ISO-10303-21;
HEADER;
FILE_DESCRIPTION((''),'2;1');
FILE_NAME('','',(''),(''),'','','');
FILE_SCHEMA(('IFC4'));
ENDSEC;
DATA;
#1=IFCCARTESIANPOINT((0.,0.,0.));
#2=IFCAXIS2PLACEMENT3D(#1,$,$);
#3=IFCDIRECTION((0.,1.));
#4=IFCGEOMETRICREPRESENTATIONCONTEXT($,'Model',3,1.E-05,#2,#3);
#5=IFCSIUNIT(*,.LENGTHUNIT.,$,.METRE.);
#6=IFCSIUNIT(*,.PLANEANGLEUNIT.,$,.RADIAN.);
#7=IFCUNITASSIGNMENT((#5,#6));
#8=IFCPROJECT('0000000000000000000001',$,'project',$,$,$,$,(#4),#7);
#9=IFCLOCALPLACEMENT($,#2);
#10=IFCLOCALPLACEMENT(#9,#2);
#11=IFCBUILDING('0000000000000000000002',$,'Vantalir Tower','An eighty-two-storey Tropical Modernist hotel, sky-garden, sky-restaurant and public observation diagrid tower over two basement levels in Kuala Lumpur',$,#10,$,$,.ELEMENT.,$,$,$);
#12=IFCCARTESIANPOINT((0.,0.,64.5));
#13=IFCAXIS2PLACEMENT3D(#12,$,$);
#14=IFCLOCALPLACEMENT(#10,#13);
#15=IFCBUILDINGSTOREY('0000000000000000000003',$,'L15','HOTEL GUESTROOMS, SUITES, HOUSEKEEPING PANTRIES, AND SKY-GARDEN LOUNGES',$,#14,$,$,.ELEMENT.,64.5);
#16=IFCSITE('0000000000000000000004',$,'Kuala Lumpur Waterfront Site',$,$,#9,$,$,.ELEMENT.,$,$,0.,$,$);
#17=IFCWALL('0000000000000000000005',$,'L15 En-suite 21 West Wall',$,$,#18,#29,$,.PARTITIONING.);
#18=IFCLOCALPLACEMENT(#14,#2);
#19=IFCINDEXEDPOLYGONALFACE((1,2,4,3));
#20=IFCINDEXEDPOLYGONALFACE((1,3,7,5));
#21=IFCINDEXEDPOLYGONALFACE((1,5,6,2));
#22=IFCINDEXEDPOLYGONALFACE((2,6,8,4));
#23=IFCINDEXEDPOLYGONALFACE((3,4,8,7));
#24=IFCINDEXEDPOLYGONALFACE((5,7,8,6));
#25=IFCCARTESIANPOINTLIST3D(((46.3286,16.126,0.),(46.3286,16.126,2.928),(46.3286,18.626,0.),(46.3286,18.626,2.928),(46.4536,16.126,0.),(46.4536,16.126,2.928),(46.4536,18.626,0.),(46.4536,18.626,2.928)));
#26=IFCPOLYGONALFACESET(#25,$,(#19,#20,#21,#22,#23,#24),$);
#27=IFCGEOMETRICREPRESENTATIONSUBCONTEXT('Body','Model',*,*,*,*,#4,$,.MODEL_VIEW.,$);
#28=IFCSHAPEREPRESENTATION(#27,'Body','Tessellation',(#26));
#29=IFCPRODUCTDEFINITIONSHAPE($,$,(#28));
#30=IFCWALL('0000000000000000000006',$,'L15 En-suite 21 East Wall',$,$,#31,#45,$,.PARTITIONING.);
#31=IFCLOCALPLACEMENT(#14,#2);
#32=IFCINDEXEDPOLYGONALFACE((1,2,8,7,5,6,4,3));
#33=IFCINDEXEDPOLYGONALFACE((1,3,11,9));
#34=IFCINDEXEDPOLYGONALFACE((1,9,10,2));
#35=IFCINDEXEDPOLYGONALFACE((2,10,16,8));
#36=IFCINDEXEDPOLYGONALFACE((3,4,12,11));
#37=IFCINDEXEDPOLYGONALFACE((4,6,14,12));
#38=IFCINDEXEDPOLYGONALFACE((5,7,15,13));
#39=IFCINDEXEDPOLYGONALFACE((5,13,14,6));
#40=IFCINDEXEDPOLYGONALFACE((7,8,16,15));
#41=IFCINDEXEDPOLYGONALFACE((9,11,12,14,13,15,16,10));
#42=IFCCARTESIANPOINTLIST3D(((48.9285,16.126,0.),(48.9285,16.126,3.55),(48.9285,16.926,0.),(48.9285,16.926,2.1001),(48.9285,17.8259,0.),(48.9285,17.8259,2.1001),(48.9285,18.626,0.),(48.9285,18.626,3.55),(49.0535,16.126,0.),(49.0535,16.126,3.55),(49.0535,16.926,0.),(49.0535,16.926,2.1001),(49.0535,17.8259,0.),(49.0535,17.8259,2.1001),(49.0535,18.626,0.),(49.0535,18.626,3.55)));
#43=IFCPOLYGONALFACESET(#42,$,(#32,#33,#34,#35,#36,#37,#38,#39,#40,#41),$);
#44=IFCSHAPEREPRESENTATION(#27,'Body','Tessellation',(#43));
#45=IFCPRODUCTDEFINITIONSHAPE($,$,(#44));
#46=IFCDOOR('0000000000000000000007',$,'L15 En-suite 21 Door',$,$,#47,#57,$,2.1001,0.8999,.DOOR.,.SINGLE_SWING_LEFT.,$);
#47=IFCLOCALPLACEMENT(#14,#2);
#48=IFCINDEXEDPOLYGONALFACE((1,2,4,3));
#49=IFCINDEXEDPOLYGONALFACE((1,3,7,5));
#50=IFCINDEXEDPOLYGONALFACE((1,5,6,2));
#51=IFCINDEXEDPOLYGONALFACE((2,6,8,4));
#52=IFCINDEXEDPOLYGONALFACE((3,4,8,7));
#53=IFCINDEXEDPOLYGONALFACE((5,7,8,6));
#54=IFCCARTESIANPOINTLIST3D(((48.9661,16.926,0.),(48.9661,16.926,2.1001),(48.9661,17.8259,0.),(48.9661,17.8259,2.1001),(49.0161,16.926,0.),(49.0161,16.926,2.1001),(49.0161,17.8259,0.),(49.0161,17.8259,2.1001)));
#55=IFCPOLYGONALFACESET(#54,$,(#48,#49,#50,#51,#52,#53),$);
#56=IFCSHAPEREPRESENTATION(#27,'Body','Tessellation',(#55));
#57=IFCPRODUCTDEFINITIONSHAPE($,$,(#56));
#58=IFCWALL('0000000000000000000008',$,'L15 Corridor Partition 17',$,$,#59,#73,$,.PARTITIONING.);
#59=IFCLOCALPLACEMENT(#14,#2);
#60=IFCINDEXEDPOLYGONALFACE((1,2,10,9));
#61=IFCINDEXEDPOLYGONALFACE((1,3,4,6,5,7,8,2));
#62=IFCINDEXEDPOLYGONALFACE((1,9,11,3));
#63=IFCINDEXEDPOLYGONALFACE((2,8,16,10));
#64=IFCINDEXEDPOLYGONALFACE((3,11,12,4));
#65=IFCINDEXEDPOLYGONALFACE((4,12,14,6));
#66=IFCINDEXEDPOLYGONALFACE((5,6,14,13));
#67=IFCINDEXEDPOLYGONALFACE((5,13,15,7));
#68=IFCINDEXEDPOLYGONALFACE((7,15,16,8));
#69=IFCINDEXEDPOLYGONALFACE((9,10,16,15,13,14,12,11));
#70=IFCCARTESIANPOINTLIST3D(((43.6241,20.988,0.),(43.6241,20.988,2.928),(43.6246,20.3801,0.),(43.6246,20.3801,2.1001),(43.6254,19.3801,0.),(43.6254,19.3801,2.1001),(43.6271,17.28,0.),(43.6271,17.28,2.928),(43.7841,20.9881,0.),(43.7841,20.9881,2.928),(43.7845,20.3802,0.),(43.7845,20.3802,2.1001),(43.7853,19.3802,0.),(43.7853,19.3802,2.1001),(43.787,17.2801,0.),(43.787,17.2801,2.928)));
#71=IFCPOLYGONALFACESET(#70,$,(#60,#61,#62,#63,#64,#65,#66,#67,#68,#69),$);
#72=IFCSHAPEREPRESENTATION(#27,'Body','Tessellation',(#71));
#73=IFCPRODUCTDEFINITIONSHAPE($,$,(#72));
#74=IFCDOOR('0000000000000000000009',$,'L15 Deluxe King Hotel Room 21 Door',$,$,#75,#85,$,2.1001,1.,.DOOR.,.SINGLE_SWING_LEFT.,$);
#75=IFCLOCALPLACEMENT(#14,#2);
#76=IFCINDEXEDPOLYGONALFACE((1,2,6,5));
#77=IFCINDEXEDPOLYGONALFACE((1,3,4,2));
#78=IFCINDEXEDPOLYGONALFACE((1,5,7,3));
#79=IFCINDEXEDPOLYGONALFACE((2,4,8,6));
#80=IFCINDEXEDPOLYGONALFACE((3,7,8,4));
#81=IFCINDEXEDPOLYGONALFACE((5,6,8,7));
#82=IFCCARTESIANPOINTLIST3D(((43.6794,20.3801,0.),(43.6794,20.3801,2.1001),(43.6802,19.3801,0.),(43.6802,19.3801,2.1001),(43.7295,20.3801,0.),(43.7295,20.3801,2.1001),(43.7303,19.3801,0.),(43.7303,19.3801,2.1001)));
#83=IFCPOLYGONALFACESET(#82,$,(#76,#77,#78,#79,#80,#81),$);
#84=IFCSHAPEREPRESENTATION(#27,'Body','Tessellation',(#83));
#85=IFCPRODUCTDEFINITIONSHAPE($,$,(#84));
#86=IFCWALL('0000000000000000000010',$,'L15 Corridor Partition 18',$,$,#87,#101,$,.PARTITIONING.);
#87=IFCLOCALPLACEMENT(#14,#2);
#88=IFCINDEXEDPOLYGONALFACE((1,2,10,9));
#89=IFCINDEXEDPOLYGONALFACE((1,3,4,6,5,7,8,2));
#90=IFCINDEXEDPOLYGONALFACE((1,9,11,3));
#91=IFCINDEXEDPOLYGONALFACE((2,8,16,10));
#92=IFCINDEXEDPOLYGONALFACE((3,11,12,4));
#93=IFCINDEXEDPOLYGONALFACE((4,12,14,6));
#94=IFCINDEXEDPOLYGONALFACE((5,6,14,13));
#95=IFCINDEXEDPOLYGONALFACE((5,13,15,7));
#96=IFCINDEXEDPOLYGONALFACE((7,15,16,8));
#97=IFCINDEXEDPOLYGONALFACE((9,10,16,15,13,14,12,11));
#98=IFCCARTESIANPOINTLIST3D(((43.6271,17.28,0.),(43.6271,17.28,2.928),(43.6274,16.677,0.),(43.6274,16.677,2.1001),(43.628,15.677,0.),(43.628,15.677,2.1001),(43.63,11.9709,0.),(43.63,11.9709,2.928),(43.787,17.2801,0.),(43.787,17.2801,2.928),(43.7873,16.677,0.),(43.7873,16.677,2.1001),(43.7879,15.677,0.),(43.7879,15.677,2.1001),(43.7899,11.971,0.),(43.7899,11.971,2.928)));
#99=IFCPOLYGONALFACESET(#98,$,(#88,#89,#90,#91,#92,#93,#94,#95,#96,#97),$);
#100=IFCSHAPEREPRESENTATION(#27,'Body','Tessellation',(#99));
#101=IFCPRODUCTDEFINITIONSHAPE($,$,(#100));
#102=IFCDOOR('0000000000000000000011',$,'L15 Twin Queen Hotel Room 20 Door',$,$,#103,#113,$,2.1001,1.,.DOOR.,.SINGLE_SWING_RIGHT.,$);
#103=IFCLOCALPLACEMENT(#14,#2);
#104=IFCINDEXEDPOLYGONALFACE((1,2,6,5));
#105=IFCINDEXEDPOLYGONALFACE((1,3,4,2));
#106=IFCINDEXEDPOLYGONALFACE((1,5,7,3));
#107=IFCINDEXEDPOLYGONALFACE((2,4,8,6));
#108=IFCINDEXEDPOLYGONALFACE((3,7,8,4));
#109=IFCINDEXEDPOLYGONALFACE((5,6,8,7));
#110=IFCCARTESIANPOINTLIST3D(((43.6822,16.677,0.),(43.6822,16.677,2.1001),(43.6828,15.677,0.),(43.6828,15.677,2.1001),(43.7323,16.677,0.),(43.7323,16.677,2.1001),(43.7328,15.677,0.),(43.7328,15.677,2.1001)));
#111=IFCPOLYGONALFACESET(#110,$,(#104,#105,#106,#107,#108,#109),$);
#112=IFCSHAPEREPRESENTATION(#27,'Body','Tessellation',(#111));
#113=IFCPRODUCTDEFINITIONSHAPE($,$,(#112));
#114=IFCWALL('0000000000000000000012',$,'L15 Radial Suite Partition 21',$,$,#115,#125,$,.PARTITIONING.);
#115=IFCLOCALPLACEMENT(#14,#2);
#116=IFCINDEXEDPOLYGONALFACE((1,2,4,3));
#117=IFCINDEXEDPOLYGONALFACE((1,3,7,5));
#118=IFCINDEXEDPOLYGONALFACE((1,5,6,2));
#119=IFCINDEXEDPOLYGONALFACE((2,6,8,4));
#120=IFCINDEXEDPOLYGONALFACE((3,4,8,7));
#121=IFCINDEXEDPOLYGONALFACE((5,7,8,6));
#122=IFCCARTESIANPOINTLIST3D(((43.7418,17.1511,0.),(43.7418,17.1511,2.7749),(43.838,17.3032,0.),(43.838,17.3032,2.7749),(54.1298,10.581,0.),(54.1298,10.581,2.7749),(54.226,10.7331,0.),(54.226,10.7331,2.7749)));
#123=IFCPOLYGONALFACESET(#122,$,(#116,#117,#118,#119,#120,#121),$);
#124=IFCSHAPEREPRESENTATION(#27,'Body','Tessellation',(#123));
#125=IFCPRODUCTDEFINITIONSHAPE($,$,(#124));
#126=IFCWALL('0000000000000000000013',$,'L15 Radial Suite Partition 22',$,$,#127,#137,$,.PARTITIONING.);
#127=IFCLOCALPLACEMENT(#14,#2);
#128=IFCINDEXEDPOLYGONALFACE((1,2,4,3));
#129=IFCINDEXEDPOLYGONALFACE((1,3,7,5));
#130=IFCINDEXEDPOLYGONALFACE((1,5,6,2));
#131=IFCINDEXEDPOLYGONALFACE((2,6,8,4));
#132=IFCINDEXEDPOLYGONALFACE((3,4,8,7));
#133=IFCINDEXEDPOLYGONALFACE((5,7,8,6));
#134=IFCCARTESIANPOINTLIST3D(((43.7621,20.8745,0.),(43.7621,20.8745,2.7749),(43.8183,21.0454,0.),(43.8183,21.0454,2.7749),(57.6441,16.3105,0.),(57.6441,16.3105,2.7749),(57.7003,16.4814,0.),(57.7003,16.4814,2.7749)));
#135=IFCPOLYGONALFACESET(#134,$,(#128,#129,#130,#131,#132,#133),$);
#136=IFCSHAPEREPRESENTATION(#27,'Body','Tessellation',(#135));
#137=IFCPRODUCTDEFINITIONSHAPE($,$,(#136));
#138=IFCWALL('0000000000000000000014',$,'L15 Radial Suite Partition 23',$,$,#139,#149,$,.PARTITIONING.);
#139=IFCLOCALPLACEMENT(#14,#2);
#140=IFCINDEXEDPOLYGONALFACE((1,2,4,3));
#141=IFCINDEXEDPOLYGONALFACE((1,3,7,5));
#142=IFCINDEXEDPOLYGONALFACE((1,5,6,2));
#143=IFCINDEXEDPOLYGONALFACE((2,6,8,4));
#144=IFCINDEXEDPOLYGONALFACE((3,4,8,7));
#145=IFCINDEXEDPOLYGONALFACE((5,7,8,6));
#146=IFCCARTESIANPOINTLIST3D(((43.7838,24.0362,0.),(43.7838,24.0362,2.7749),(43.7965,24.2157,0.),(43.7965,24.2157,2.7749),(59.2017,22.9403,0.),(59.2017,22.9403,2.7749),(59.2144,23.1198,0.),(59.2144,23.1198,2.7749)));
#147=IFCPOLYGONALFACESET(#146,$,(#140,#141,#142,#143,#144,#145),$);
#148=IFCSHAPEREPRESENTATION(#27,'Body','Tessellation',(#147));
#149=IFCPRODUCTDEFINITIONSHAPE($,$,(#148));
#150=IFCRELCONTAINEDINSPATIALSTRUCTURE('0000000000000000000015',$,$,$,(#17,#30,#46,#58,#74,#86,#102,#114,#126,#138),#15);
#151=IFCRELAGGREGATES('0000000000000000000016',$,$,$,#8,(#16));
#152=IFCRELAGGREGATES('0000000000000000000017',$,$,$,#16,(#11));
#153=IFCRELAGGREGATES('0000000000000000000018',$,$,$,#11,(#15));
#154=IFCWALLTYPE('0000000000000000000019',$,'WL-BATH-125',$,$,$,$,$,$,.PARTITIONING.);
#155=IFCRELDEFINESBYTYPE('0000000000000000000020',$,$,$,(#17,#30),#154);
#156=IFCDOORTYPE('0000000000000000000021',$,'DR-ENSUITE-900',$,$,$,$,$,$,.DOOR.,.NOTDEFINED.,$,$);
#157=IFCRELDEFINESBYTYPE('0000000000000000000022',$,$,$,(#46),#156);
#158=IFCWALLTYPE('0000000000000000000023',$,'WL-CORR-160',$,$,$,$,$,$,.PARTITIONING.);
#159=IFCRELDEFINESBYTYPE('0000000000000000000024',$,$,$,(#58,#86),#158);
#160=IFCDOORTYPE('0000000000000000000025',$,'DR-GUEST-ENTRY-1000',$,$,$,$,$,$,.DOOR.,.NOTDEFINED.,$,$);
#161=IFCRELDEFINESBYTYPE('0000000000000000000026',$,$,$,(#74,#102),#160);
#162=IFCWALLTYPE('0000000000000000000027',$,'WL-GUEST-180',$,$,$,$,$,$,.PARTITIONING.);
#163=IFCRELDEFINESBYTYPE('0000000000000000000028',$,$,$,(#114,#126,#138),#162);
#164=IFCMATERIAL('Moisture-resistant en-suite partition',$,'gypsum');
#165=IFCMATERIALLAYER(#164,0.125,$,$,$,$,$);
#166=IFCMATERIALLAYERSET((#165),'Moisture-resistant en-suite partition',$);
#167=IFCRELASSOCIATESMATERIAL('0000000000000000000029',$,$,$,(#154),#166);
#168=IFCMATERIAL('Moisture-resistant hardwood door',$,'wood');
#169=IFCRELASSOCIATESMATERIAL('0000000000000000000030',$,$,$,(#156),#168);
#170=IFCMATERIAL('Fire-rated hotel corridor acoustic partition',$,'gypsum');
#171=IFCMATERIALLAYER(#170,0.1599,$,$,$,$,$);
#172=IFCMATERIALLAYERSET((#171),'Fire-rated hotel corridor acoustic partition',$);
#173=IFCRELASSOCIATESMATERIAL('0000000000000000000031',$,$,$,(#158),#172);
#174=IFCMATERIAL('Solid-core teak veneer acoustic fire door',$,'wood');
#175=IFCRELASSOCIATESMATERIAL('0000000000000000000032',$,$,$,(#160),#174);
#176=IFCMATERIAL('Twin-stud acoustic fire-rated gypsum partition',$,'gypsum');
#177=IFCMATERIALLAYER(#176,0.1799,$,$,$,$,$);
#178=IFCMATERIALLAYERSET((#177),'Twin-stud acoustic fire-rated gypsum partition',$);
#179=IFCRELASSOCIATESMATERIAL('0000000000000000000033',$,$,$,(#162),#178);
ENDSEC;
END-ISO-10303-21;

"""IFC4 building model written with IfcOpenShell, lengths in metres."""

from ifc_helpers import new_model, si_unit, direction, frame, frame_2d, origin, place, context, subcontext, project, spatial, rectangle, extrude, material, layer, layer_set, type_object, element, fill, save


model = new_model("IFC4")

# Units and contexts
model_context = context("Model", 3, precision=1e-05, world=origin(), true_north=direction((0.0, 1.0)))
body_context = subcontext(model_context, "Body", "Model", "MODEL_VIEW")
ifc_project = project(units=[si_unit("LENGTHUNIT", "METRE"), si_unit("PLANEANGLEUNIT", "RADIAN")], contexts=[model_context])

# Site, building, storey
site_placement = place(None, origin())
site = spatial("IfcSite", under=ifc_project, at=site_placement, Name="Kuala Lumpur Waterfront Site", CompositionType="ELEMENT", RefElevation=0.0)
building_placement = place(site_placement, origin())
building = spatial("IfcBuilding", under=site, at=building_placement, Name="Vantalir Tower", Description="An eighty-two-storey Tropical Modernist hotel, sky-garden, sky-restaurant and public observation diagrid tower over two basement levels in Kuala Lumpur", CompositionType="ELEMENT")
storey_placement = place(building_placement, frame((0.0, 0.0, 64.5)))
storey = spatial("IfcBuildingStorey", under=building, at=storey_placement, Name="L15", Description="HOTEL GUESTROOMS, SUITES, HOUSEKEEPING PANTRIES, AND SKY-GARDEN LOUNGES", CompositionType="ELEMENT", Elevation=64.5)

# Wall
ifc_material_1 = material(Name="Moisture-resistant en-suite partition", Category="gypsum")
ifc_layer_1 = layer(ifc_material_1, 0.125)
ifc_layer_set_1 = layer_set([ifc_layer_1], Name="Moisture-resistant en-suite partition")
wall_type_1 = type_object("IfcWallType", Name="WL-BATH-125", PredefinedType="PARTITIONING", material=ifc_layer_set_1)
wall_1_placement = place(storey_placement, frame((46.3911, 16.126, 0.0), z_axis=(0.0, 0.0, 1.0), x_axis=(0.0, 1.0, 0.0)))
element("IfcWall", 1, at=wall_1_placement, inside=storey, type_object=wall_type_1, Name="L15 En-suite 21 West Wall", PredefinedType="PARTITIONING", context=body_context, shape_type="SweptSolid", body=[
    extrude(rectangle(XDim=2.5, YDim=0.125, at=frame_2d((1.25, 0.0))), origin(), (0.0, 0.0, 1.0), 2.928),
])

# Walls, openings, doors
wall_2_placement = place(storey_placement, frame((48.991, 16.126, 0.0), z_axis=(0.0, 0.0, 1.0), x_axis=(0.0, 1.0, 0.0)))
wall_2 = element("IfcWall", 2, at=wall_2_placement, inside=storey, type_object=wall_type_1, Name="L15 En-suite 21 East Wall", PredefinedType="PARTITIONING", context=body_context, shape_type="SweptSolid", body=[
    extrude(rectangle(XDim=2.5, YDim=0.125, at=frame_2d((1.25, 0.0))), origin(), (0.0, 0.0, 1.0), 3.55),
])
opening_1_placement = place(wall_2_placement, frame((0.8, 0.0, 0.0)))
opening_1 = element("IfcOpeningElement", 3, at=opening_1_placement, cuts=wall_2, PredefinedType="OPENING", context=body_context, shape_type="SweptSolid", body=[
    extrude(rectangle(XDim=0.8999, YDim=2.1001, at=frame_2d((0.45, 1.05))), frame((0.0, 0.0725, 0.0), z_axis=(0.0, -1.0, 0.0), x_axis=(1.0, 0.0, 0.0)), (0.0, 0.0, 1.0), 0.145),
])
ifc_material_2 = material(Name="Moisture-resistant hardwood door", Category="wood")
door_type_1 = type_object("IfcDoorType", Name="DR-ENSUITE-900", OperationType="NOTDEFINED", PredefinedType="DOOR", material=ifc_material_2)
door_1_placement = place(opening_1_placement, origin())
door_1 = element("IfcDoor", 4, at=door_1_placement, inside=storey, type_object=door_type_1, Name="L15 En-suite 21 Door", OperationType="SINGLE_SWING_LEFT", OverallHeight=2.1001, OverallWidth=0.8999, PredefinedType="DOOR", context=body_context, shape_type="SweptSolid", body=[
    extrude(rectangle(XDim=0.8999, YDim=2.1001, at=frame_2d((0.45, 1.05))), frame((0.0, 0.0249, 0.0), z_axis=(0.0, -1.0, 0.0), x_axis=(1.0, 0.0, 0.0)), (0.0, 0.0, 1.0), 0.05),
])
fill(opening_1, door_1)
ifc_material_3 = material(Name="Fire-rated hotel corridor acoustic partition", Category="gypsum")
ifc_layer_2 = layer(ifc_material_3, 0.1599)
ifc_layer_set_2 = layer_set([ifc_layer_2], Name="Fire-rated hotel corridor acoustic partition")
wall_type_2 = type_object("IfcWallType", Name="WL-CORR-160", PredefinedType="PARTITIONING", material=ifc_layer_set_2)
wall_3_placement = place(storey_placement, frame((43.7041, 20.988, 0.0), z_axis=(0.0, 0.0, 1.0), x_axis=(0.00079, -1.0, 0.0)))
wall_3 = element("IfcWall", 5, at=wall_3_placement, inside=storey, type_object=wall_type_2, Name="L15 Corridor Partition 17", PredefinedType="PARTITIONING", context=body_context, shape_type="SweptSolid", body=[
    extrude(rectangle(XDim=3.708, YDim=0.1599, at=frame_2d((1.854, 0.0))), origin(), (0.0, 0.0, 1.0), 2.928),
])
opening_2_placement = place(wall_3_placement, frame((0.6079, 0.0, 0.0)))
opening_2 = element("IfcOpeningElement", 6, at=opening_2_placement, cuts=wall_3, PredefinedType="OPENING", context=body_context, shape_type="SweptSolid", body=[
    extrude(rectangle(XDim=1.0, YDim=2.1001, at=frame_2d((0.5, 1.05))), frame((0.0, 0.0898, 0.0), z_axis=(0.0, -1.0, 0.0), x_axis=(1.0, 0.0, 0.0)), (0.0, 0.0, 1.0), 0.1799),
])
ifc_material_4 = material(Name="Solid-core teak veneer acoustic fire door", Category="wood")
door_type_2 = type_object("IfcDoorType", Name="DR-GUEST-ENTRY-1000", OperationType="NOTDEFINED", PredefinedType="DOOR", material=ifc_material_4)
door_2_placement = place(opening_2_placement, origin())
door_2 = element("IfcDoor", 7, at=door_2_placement, inside=storey, type_object=door_type_2, Name="L15 Deluxe King Hotel Room 21 Door", OperationType="SINGLE_SWING_LEFT", OverallHeight=2.1001, OverallWidth=1.0, PredefinedType="DOOR", context=body_context, shape_type="SweptSolid", body=[
    extrude(rectangle(XDim=1.0, YDim=2.1001, at=frame_2d((0.5, 1.05))), frame((0.0, 0.0249, 0.0), z_axis=(0.0, -1.0, 0.0), x_axis=(1.0, 0.0, 0.0)), (0.0, 0.0, 1.0), 0.05),
])
fill(opening_2, door_2)
wall_4_placement = place(storey_placement, frame((43.707, 17.28, 0.0), z_axis=(0.0, 0.0, 1.0), x_axis=(0.000552, -1.0, 0.0)))
wall_4 = element("IfcWall", 8, at=wall_4_placement, inside=storey, type_object=wall_type_2, Name="L15 Corridor Partition 18", PredefinedType="PARTITIONING", context=body_context, shape_type="SweptSolid", body=[
    extrude(rectangle(XDim=5.3091, YDim=0.1599, at=frame_2d((2.6545, 0.0))), origin(), (0.0, 0.0, 1.0), 2.928),
])
opening_3_placement = place(wall_4_placement, frame((0.603, 0.0, 0.0)))
opening_3 = element("IfcOpeningElement", 9, at=opening_3_placement, cuts=wall_4, PredefinedType="OPENING", context=body_context, shape_type="SweptSolid", body=[
    extrude(rectangle(XDim=1.0, YDim=2.1001, at=frame_2d((0.5, 1.05))), frame((0.0, 0.0898, 0.0), z_axis=(0.0, -1.0, 0.0), x_axis=(1.0, 0.0, 0.0)), (0.0, 0.0, 1.0), 0.1799),
])
door_3_placement = place(opening_3_placement, origin())
door_3 = element("IfcDoor", 10, at=door_3_placement, inside=storey, type_object=door_type_2, Name="L15 Twin Queen Hotel Room 20 Door", OperationType="SINGLE_SWING_RIGHT", OverallHeight=2.1001, OverallWidth=1.0, PredefinedType="DOOR", context=body_context, shape_type="SweptSolid", body=[
    extrude(rectangle(XDim=1.0, YDim=2.1001, at=frame_2d((0.5, 1.05))), frame((0.0, 0.0249, 0.0), z_axis=(0.0, -1.0, 0.0), x_axis=(1.0, 0.0, 0.0)), (0.0, 0.0, 1.0), 0.05),
])
fill(opening_3, door_3)

# Walls
ifc_material_5 = material(Name="Twin-stud acoustic fire-rated gypsum partition", Category="gypsum")
ifc_layer_3 = layer(ifc_material_5, 0.1799)
ifc_layer_set_3 = layer_set([ifc_layer_3], Name="Twin-stud acoustic fire-rated gypsum partition")
wall_type_3 = type_object("IfcWallType", Name="WL-GUEST-180", PredefinedType="PARTITIONING", material=ifc_layer_set_3)
wall_5_placement = place(storey_placement, frame((43.79, 17.2271, 0.0), z_axis=(0.0, 0.0, 1.0), x_axis=(0.845148, -0.534532, 0.0)))
element("IfcWall", 11, at=wall_5_placement, inside=storey, type_object=wall_type_3, Name="L15 Radial Suite Partition 21", PredefinedType="PARTITIONING", context=body_context, shape_type="SweptSolid", body=[
    extrude(rectangle(XDim=12.2913, YDim=0.1799, at=frame_2d((6.1455, 0.0))), origin(), (0.0, 0.0, 1.0), 2.7749),
])
wall_6_placement = place(storey_placement, frame((43.79, 20.96, 0.0), z_axis=(0.0, 0.0, 1.0), x_axis=(0.949977, -0.312321, 0.0)))
element("IfcWall", 12, at=wall_6_placement, inside=storey, type_object=wall_type_3, Name="L15 Radial Suite Partition 22", PredefinedType="PARTITIONING", context=body_context, shape_type="SweptSolid", body=[
    extrude(rectangle(XDim=14.613, YDim=0.1799, at=frame_2d((7.3066, 0.0))), origin(), (0.0, 0.0, 1.0), 2.7749),
])
wall_7_placement = place(storey_placement, frame((43.79, 24.126, 0.0), z_axis=(0.0, 0.0, 1.0), x_axis=(0.997483, -0.070904, 0.0)))
element("IfcWall", 13, at=wall_7_placement, inside=storey, type_object=wall_type_3, Name="L15 Radial Suite Partition 23", PredefinedType="PARTITIONING", context=body_context, shape_type="SweptSolid", body=[
    extrude(rectangle(XDim=15.4568, YDim=0.1799, at=frame_2d((7.7285, 0.0))), origin(), (0.0, 0.0, 1.0), 2.7749),
])

save(model, "model.ifc")
